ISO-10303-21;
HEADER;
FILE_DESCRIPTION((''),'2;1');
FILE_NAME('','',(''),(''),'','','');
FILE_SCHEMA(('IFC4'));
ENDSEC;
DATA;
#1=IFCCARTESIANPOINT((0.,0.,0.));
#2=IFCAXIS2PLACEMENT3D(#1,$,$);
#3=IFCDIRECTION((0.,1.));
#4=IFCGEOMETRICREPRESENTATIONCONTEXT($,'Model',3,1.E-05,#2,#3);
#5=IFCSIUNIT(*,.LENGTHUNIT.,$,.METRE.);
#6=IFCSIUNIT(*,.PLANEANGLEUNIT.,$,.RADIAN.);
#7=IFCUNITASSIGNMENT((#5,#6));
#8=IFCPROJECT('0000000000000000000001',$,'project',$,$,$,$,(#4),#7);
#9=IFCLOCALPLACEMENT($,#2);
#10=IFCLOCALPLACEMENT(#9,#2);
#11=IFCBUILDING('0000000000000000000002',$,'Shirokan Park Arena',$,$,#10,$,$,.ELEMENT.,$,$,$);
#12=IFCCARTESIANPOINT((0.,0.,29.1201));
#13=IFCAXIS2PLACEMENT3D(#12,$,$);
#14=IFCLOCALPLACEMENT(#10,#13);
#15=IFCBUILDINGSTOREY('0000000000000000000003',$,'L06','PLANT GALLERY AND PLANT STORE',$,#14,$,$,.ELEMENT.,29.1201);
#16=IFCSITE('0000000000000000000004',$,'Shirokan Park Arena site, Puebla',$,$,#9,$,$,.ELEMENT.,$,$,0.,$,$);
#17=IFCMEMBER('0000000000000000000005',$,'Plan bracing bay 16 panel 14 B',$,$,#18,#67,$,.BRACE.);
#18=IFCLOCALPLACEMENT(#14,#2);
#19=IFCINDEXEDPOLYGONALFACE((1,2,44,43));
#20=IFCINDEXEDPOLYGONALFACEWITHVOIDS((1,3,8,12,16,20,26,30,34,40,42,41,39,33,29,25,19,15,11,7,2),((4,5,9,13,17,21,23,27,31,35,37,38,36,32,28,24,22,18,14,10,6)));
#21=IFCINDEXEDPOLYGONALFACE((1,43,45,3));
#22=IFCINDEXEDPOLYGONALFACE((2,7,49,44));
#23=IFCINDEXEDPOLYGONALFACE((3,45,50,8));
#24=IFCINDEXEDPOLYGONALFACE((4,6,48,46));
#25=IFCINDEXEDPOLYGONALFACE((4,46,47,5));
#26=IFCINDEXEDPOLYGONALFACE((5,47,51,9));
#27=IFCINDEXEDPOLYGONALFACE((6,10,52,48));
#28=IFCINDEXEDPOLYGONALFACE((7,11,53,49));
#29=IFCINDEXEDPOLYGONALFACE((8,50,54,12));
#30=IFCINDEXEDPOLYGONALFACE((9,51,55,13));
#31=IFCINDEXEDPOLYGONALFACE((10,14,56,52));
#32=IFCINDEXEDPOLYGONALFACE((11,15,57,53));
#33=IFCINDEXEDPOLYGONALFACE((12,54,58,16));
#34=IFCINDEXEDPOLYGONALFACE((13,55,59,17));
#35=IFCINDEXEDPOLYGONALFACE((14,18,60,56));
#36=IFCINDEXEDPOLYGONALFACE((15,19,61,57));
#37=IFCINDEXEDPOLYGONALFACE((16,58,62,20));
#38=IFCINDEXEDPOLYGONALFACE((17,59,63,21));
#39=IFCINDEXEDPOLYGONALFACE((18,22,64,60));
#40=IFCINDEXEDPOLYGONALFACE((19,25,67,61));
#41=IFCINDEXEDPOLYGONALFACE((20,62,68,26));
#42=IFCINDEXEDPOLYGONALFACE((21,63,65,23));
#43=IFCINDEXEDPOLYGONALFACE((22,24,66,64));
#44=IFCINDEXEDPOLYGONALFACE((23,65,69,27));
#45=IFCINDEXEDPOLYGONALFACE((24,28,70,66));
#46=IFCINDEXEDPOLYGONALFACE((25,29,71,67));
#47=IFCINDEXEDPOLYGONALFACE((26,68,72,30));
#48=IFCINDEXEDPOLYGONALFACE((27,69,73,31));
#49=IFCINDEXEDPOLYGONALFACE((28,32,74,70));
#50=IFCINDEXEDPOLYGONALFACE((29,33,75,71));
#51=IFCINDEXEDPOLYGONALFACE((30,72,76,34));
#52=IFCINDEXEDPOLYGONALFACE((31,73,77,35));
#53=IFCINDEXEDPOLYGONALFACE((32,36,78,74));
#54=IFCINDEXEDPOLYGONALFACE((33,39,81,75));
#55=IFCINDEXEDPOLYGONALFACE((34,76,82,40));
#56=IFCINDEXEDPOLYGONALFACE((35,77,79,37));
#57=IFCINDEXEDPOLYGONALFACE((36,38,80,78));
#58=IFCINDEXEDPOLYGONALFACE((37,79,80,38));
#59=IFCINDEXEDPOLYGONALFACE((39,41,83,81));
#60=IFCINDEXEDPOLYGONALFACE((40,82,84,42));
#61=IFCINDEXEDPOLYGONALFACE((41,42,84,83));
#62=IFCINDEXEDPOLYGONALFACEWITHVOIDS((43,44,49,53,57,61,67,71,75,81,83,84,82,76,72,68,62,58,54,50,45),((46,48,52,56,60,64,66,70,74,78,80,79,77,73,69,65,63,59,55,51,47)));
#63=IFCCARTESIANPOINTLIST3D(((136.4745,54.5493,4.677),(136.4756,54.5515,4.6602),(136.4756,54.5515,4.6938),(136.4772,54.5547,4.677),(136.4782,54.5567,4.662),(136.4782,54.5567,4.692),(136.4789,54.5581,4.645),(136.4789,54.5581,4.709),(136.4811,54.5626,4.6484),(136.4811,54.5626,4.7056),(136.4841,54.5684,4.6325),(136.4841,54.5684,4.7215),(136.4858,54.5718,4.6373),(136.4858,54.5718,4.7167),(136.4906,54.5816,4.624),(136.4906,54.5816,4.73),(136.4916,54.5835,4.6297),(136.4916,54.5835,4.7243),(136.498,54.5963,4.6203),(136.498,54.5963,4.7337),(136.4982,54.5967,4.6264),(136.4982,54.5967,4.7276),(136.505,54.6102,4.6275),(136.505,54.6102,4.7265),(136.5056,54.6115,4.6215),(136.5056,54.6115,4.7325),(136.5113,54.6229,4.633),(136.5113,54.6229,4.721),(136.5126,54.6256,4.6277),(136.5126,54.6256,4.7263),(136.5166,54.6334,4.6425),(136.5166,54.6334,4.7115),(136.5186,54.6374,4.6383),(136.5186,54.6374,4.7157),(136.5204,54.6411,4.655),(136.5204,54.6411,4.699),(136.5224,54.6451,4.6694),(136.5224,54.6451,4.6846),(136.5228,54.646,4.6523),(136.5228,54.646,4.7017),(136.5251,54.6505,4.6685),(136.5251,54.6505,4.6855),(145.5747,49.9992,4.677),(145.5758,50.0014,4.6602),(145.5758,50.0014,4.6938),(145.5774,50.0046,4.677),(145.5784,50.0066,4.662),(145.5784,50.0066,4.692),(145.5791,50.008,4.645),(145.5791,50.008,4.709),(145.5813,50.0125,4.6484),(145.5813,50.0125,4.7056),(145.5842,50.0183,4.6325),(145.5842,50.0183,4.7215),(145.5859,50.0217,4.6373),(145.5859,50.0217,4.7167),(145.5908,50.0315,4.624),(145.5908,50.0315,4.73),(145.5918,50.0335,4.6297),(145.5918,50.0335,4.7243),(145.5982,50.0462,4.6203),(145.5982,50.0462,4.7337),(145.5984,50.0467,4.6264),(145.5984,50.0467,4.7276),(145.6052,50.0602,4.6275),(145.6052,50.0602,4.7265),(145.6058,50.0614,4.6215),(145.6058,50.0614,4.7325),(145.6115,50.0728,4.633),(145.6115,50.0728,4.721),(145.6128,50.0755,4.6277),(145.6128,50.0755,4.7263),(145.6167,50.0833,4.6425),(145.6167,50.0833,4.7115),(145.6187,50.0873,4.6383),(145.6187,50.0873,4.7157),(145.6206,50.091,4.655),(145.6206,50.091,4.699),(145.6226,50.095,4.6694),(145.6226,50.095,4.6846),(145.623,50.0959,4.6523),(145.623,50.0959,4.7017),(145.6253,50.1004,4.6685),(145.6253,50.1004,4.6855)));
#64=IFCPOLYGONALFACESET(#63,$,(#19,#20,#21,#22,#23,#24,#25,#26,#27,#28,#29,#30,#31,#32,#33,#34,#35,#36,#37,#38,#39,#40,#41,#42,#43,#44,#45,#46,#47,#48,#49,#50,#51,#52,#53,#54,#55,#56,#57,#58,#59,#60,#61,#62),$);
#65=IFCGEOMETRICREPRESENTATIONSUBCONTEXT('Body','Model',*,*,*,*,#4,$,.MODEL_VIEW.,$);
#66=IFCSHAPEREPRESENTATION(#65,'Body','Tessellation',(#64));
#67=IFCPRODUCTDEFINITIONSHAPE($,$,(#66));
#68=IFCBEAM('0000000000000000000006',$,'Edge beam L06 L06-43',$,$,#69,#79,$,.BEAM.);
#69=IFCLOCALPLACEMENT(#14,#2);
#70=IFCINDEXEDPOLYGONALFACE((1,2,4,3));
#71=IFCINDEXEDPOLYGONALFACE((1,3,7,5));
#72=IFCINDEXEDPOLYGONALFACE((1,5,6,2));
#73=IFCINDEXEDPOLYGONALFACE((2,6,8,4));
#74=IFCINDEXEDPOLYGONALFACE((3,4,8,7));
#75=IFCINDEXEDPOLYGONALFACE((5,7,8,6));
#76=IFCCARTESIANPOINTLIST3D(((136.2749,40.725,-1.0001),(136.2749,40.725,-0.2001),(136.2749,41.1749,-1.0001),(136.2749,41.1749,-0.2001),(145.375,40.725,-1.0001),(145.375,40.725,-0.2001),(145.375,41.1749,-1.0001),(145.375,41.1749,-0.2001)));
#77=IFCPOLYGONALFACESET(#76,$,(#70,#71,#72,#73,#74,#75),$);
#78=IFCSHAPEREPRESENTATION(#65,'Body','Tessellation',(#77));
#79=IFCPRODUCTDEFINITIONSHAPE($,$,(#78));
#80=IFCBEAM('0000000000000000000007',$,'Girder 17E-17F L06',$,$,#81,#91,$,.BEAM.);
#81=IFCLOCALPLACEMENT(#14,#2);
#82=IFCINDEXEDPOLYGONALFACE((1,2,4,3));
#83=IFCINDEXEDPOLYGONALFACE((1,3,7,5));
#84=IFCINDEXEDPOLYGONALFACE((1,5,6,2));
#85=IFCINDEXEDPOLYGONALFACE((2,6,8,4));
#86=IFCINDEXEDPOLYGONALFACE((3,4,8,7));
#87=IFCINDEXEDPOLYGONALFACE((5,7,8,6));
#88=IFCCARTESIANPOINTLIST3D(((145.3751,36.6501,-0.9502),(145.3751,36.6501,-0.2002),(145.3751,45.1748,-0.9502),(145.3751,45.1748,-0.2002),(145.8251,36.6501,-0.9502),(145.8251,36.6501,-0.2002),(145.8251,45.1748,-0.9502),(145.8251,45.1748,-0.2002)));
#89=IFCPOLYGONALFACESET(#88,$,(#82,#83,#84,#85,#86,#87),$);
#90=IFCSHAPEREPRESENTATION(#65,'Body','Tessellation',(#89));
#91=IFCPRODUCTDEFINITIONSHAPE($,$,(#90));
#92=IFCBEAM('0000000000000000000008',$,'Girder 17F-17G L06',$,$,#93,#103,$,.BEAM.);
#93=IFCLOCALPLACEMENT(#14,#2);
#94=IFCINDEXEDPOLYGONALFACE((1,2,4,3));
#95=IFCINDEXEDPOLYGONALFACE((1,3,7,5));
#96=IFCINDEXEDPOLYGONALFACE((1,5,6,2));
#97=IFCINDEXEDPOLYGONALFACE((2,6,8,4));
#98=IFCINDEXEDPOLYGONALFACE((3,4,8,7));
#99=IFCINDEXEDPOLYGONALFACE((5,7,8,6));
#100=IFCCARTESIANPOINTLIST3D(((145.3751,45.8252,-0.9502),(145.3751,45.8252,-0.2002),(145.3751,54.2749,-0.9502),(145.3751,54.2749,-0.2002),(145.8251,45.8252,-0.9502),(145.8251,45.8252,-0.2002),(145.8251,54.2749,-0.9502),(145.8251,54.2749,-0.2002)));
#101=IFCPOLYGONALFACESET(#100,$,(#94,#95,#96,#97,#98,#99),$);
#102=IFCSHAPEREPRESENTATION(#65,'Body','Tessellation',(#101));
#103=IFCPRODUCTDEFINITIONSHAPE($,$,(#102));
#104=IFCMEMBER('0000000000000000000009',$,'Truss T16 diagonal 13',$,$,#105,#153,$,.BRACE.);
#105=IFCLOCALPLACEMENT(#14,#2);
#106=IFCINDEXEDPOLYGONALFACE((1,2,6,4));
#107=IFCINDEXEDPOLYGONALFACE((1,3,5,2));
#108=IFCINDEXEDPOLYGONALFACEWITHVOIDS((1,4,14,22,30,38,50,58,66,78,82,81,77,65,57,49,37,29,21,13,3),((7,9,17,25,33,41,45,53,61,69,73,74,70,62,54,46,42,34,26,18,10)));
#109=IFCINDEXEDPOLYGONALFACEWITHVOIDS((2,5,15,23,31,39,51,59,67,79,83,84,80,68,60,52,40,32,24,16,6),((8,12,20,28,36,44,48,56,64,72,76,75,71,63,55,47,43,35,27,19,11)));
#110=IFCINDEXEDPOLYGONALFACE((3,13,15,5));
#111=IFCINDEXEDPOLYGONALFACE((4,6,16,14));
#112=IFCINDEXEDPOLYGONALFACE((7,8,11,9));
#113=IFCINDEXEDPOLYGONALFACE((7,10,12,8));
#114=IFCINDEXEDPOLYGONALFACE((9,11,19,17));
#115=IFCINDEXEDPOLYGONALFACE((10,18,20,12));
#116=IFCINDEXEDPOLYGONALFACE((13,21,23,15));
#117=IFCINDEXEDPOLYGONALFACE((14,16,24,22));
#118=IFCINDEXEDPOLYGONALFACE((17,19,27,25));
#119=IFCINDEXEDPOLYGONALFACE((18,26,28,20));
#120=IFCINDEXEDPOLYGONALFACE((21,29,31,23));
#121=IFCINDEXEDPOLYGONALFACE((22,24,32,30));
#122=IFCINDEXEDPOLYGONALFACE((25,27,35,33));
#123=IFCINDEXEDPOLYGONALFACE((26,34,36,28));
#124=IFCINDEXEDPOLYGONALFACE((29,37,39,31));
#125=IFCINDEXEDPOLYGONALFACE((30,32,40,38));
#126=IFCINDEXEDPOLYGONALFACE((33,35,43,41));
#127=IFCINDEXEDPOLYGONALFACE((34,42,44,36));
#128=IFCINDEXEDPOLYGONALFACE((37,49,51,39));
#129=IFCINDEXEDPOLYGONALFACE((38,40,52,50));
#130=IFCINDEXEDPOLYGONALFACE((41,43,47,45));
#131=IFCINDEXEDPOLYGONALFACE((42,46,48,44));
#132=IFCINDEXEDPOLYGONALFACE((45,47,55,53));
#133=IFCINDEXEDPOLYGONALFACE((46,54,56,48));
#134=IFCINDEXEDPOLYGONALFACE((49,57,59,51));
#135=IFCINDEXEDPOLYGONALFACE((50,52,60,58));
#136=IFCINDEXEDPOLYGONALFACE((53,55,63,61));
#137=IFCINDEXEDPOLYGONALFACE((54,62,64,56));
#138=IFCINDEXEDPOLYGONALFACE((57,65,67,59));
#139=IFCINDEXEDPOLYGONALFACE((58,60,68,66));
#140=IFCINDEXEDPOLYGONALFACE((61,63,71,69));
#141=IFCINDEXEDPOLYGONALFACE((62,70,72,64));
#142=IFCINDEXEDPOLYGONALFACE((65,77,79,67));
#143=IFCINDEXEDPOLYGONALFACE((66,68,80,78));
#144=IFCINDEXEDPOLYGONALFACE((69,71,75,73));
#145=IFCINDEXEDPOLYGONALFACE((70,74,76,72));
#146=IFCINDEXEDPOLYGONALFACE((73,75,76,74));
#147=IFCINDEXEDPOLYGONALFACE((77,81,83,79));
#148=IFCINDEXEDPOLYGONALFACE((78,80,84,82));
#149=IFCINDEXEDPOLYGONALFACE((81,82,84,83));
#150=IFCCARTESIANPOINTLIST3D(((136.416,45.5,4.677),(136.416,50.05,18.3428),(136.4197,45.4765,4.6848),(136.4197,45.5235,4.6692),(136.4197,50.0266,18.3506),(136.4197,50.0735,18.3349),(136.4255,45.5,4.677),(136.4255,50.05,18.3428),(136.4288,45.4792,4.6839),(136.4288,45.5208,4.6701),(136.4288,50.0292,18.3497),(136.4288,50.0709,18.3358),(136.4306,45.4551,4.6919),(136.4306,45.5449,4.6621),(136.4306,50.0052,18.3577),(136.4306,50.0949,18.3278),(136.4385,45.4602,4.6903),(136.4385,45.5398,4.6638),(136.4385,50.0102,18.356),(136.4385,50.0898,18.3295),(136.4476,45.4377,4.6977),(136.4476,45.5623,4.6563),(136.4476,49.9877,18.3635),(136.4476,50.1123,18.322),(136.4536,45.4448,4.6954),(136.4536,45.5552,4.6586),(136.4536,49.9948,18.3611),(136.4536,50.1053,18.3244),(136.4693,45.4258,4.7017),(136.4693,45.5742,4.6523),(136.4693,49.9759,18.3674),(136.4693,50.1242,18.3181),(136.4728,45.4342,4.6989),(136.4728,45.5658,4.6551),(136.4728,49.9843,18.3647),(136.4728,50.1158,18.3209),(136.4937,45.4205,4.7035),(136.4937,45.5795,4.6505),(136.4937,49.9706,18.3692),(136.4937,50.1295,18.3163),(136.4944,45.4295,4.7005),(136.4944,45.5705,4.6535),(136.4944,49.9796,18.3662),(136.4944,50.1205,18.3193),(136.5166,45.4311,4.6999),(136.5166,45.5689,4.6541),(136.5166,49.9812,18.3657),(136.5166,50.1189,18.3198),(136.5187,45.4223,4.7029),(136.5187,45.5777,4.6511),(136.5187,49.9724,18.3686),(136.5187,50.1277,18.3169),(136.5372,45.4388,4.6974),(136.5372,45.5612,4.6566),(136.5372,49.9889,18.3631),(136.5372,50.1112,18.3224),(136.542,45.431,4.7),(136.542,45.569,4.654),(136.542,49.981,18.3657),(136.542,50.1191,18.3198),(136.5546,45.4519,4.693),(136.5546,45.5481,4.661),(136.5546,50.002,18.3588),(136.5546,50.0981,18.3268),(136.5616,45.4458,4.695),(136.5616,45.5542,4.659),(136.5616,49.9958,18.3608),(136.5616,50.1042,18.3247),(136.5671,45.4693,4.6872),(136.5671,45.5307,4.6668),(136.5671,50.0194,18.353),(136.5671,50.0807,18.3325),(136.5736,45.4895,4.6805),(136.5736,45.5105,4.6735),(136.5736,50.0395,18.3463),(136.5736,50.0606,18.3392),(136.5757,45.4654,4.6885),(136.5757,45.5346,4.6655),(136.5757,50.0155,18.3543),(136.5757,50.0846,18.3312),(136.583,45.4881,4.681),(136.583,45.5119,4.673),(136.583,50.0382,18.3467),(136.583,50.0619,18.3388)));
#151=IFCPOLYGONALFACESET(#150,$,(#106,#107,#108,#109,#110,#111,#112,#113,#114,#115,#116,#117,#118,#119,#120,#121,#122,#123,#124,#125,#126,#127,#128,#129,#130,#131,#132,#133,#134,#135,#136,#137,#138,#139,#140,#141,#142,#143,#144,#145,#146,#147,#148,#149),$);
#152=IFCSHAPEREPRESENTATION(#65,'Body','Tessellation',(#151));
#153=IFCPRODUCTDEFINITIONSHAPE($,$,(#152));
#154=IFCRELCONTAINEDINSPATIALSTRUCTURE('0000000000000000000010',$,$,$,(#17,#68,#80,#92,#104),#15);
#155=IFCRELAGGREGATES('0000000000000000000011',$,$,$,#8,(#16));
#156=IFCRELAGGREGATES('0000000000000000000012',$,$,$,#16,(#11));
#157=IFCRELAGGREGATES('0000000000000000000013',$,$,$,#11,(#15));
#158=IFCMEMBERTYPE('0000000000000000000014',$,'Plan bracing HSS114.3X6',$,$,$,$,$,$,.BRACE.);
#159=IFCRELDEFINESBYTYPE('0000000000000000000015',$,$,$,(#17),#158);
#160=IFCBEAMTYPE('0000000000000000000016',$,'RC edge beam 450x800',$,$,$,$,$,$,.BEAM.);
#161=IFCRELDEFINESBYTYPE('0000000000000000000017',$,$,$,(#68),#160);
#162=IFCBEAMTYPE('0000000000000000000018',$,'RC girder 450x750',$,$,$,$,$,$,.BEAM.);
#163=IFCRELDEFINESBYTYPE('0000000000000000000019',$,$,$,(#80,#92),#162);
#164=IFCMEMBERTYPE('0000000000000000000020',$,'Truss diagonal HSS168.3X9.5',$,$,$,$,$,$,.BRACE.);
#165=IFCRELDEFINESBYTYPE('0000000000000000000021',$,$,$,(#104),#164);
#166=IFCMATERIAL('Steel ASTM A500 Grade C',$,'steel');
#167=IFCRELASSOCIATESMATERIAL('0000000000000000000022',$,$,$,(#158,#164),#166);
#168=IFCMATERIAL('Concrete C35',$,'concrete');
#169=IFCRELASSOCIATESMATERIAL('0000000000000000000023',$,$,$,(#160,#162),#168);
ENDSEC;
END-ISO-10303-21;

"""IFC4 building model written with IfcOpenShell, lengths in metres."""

from ifc_helpers import new_model, si_unit, direction, frame, origin, origin_2d, place, context, subcontext, project, spatial, rectangle, hollow_circle, extrude, material, material_profile, profile_set, type_object, element, save


model = new_model("IFC4")

# Units and contexts
model_context = context("Model", 3, precision=1e-05, world=origin(), true_north=direction((0.0, 1.0)))
body_context = subcontext(model_context, "Body", "Model", "MODEL_VIEW")
ifc_project = project(units=[si_unit("LENGTHUNIT", "METRE"), si_unit("PLANEANGLEUNIT", "RADIAN")], contexts=[model_context])

# Site, building, storey
site_placement = place(None, origin())
site = spatial("IfcSite", under=ifc_project, at=site_placement, Name="Shirokan Park Arena site, Puebla", CompositionType="ELEMENT", RefElevation=0.0)
building_placement = place(site_placement, origin())
building = spatial("IfcBuilding", under=site, at=building_placement, Name="Shirokan Park Arena", CompositionType="ELEMENT")
storey_placement = place(building_placement, frame((0.0, 0.0, 29.1201)))
storey = spatial("IfcBuildingStorey", under=building, at=storey_placement, Name="L06", Description="PLANT GALLERY AND PLANT STORE", CompositionType="ELEMENT", Elevation=29.1201)

# Shared definitions
ifc_material_1 = material(Name="Concrete C35", Category="concrete")

# Member
ifc_material_2 = material(Name="Steel ASTM A500 Grade C", Category="steel")
ifc_material_profile_1 = material_profile(ifc_material_2, hollow_circle(Radius=0.0569, WallThickness=0.0061, at=origin_2d()), Name="HSS114.3X6")
ifc_profile_set_1 = profile_set([ifc_material_profile_1], Name="Steel ASTM A500 Grade C")
member_type_1 = type_object("IfcMemberType", Name="Plan bracing HSS114.3X6", PredefinedType="BRACE", material=ifc_profile_set_1)
for number, where, z_axis, x_axis, name in (
    (1, (145.6001, 50.05, 4.677), (-0.894427, 0.447214, 0.0), (-0.447214, -0.894427, 0.0), "Plan bracing bay 16 panel 14 B"),
):
    element("IfcMember", number, at=place(storey_placement, frame(where, z_axis=z_axis, x_axis=x_axis)), inside=storey, type_object=member_type_1, Name=name, PredefinedType="BRACE", context=body_context, shape_type="SweptSolid", body=[
        extrude(hollow_circle(Radius=0.0569, WallThickness=0.0061, at=origin_2d()), origin(), (0.0, 0.0, 1.0), 10.1743),
    ])

# Beams
ifc_material_profile_2 = material_profile(ifc_material_1, rectangle(XDim=0.45, YDim=0.8, at=origin_2d()), Name="450x800")
ifc_profile_set_2 = profile_set([ifc_material_profile_2], Name="Concrete C35")
beam_type_1 = type_object("IfcBeamType", Name="RC edge beam 450x800", PredefinedType="BEAM", material=ifc_profile_set_2)
beam_1_placement = place(storey_placement, frame((145.375, 40.95, -0.6001), z_axis=(-1.0, 0.0, 0.0), x_axis=(0.0, -1.0, 0.0)))
element("IfcBeam", 2, at=beam_1_placement, inside=storey, type_object=beam_type_1, Name="Edge beam L06 L06-43", PredefinedType="BEAM", context=body_context, shape_type="SweptSolid", body=[
    extrude(rectangle(XDim=0.45, YDim=0.8, at=origin_2d()), origin(), (0.0, 0.0, 1.0), 9.1001),
])
ifc_material_profile_3 = material_profile(ifc_material_1, rectangle(XDim=0.45, YDim=0.75, at=origin_2d()), Name="450x750")
ifc_profile_set_3 = profile_set([ifc_material_profile_3], Name="Concrete C35")
beam_type_2 = type_object("IfcBeamType", Name="RC girder 450x750", PredefinedType="BEAM", material=ifc_profile_set_3)
beam_2_placement = place(storey_placement, frame((145.6001, 36.6501, -0.5752), z_axis=(0.0, 1.0, 0.0), x_axis=(-1.0, 0.0, 0.0)))
element("IfcBeam", 3, at=beam_2_placement, inside=storey, type_object=beam_type_2, Name="Girder 17E-17F L06", PredefinedType="BEAM", context=body_context, shape_type="SweptSolid", body=[
    extrude(rectangle(XDim=0.45, YDim=0.75, at=origin_2d()), origin(), (0.0, 0.0, 1.0), 8.5247),
])
beam_3_placement = place(storey_placement, frame((145.6001, 45.8252, -0.5752), z_axis=(0.0, 1.0, 0.0), x_axis=(-1.0, 0.0, 0.0)))
element("IfcBeam", 4, at=beam_3_placement, inside=storey, type_object=beam_type_2, Name="Girder 17F-17G L06", PredefinedType="BEAM", context=body_context, shape_type="SweptSolid", body=[
    extrude(rectangle(XDim=0.45, YDim=0.75, at=origin_2d()), origin(), (0.0, 0.0, 1.0), 8.4497),
])

# Member
ifc_material_profile_4 = material_profile(ifc_material_2, hollow_circle(Radius=0.084, WallThickness=0.0095, at=origin_2d()), Name="HSS168.3X9.5")
ifc_profile_set_4 = profile_set([ifc_material_profile_4], Name="Steel ASTM A500 Grade C")
member_type_2 = type_object("IfcMemberType", Name="Truss diagonal HSS168.3X9.5", PredefinedType="BRACE", material=ifc_profile_set_4)
for number, where, z_axis, x_axis, name in (
    (5, (136.5, 45.5, 4.677), (0.0, 0.315902, 0.948792), (-1.0, 0.0, 0.0), "Truss T16 diagonal 13"),
):
    element("IfcMember", number, at=place(storey_placement, frame(where, z_axis=z_axis, x_axis=x_axis)), inside=storey, type_object=member_type_2, Name=name, PredefinedType="BRACE", context=body_context, shape_type="SweptSolid", body=[
        extrude(hollow_circle(Radius=0.084, WallThickness=0.0095, at=origin_2d()), origin(), (0.0, 0.0, 1.0), 14.4033),
    ])

save(model, "model.ifc")
